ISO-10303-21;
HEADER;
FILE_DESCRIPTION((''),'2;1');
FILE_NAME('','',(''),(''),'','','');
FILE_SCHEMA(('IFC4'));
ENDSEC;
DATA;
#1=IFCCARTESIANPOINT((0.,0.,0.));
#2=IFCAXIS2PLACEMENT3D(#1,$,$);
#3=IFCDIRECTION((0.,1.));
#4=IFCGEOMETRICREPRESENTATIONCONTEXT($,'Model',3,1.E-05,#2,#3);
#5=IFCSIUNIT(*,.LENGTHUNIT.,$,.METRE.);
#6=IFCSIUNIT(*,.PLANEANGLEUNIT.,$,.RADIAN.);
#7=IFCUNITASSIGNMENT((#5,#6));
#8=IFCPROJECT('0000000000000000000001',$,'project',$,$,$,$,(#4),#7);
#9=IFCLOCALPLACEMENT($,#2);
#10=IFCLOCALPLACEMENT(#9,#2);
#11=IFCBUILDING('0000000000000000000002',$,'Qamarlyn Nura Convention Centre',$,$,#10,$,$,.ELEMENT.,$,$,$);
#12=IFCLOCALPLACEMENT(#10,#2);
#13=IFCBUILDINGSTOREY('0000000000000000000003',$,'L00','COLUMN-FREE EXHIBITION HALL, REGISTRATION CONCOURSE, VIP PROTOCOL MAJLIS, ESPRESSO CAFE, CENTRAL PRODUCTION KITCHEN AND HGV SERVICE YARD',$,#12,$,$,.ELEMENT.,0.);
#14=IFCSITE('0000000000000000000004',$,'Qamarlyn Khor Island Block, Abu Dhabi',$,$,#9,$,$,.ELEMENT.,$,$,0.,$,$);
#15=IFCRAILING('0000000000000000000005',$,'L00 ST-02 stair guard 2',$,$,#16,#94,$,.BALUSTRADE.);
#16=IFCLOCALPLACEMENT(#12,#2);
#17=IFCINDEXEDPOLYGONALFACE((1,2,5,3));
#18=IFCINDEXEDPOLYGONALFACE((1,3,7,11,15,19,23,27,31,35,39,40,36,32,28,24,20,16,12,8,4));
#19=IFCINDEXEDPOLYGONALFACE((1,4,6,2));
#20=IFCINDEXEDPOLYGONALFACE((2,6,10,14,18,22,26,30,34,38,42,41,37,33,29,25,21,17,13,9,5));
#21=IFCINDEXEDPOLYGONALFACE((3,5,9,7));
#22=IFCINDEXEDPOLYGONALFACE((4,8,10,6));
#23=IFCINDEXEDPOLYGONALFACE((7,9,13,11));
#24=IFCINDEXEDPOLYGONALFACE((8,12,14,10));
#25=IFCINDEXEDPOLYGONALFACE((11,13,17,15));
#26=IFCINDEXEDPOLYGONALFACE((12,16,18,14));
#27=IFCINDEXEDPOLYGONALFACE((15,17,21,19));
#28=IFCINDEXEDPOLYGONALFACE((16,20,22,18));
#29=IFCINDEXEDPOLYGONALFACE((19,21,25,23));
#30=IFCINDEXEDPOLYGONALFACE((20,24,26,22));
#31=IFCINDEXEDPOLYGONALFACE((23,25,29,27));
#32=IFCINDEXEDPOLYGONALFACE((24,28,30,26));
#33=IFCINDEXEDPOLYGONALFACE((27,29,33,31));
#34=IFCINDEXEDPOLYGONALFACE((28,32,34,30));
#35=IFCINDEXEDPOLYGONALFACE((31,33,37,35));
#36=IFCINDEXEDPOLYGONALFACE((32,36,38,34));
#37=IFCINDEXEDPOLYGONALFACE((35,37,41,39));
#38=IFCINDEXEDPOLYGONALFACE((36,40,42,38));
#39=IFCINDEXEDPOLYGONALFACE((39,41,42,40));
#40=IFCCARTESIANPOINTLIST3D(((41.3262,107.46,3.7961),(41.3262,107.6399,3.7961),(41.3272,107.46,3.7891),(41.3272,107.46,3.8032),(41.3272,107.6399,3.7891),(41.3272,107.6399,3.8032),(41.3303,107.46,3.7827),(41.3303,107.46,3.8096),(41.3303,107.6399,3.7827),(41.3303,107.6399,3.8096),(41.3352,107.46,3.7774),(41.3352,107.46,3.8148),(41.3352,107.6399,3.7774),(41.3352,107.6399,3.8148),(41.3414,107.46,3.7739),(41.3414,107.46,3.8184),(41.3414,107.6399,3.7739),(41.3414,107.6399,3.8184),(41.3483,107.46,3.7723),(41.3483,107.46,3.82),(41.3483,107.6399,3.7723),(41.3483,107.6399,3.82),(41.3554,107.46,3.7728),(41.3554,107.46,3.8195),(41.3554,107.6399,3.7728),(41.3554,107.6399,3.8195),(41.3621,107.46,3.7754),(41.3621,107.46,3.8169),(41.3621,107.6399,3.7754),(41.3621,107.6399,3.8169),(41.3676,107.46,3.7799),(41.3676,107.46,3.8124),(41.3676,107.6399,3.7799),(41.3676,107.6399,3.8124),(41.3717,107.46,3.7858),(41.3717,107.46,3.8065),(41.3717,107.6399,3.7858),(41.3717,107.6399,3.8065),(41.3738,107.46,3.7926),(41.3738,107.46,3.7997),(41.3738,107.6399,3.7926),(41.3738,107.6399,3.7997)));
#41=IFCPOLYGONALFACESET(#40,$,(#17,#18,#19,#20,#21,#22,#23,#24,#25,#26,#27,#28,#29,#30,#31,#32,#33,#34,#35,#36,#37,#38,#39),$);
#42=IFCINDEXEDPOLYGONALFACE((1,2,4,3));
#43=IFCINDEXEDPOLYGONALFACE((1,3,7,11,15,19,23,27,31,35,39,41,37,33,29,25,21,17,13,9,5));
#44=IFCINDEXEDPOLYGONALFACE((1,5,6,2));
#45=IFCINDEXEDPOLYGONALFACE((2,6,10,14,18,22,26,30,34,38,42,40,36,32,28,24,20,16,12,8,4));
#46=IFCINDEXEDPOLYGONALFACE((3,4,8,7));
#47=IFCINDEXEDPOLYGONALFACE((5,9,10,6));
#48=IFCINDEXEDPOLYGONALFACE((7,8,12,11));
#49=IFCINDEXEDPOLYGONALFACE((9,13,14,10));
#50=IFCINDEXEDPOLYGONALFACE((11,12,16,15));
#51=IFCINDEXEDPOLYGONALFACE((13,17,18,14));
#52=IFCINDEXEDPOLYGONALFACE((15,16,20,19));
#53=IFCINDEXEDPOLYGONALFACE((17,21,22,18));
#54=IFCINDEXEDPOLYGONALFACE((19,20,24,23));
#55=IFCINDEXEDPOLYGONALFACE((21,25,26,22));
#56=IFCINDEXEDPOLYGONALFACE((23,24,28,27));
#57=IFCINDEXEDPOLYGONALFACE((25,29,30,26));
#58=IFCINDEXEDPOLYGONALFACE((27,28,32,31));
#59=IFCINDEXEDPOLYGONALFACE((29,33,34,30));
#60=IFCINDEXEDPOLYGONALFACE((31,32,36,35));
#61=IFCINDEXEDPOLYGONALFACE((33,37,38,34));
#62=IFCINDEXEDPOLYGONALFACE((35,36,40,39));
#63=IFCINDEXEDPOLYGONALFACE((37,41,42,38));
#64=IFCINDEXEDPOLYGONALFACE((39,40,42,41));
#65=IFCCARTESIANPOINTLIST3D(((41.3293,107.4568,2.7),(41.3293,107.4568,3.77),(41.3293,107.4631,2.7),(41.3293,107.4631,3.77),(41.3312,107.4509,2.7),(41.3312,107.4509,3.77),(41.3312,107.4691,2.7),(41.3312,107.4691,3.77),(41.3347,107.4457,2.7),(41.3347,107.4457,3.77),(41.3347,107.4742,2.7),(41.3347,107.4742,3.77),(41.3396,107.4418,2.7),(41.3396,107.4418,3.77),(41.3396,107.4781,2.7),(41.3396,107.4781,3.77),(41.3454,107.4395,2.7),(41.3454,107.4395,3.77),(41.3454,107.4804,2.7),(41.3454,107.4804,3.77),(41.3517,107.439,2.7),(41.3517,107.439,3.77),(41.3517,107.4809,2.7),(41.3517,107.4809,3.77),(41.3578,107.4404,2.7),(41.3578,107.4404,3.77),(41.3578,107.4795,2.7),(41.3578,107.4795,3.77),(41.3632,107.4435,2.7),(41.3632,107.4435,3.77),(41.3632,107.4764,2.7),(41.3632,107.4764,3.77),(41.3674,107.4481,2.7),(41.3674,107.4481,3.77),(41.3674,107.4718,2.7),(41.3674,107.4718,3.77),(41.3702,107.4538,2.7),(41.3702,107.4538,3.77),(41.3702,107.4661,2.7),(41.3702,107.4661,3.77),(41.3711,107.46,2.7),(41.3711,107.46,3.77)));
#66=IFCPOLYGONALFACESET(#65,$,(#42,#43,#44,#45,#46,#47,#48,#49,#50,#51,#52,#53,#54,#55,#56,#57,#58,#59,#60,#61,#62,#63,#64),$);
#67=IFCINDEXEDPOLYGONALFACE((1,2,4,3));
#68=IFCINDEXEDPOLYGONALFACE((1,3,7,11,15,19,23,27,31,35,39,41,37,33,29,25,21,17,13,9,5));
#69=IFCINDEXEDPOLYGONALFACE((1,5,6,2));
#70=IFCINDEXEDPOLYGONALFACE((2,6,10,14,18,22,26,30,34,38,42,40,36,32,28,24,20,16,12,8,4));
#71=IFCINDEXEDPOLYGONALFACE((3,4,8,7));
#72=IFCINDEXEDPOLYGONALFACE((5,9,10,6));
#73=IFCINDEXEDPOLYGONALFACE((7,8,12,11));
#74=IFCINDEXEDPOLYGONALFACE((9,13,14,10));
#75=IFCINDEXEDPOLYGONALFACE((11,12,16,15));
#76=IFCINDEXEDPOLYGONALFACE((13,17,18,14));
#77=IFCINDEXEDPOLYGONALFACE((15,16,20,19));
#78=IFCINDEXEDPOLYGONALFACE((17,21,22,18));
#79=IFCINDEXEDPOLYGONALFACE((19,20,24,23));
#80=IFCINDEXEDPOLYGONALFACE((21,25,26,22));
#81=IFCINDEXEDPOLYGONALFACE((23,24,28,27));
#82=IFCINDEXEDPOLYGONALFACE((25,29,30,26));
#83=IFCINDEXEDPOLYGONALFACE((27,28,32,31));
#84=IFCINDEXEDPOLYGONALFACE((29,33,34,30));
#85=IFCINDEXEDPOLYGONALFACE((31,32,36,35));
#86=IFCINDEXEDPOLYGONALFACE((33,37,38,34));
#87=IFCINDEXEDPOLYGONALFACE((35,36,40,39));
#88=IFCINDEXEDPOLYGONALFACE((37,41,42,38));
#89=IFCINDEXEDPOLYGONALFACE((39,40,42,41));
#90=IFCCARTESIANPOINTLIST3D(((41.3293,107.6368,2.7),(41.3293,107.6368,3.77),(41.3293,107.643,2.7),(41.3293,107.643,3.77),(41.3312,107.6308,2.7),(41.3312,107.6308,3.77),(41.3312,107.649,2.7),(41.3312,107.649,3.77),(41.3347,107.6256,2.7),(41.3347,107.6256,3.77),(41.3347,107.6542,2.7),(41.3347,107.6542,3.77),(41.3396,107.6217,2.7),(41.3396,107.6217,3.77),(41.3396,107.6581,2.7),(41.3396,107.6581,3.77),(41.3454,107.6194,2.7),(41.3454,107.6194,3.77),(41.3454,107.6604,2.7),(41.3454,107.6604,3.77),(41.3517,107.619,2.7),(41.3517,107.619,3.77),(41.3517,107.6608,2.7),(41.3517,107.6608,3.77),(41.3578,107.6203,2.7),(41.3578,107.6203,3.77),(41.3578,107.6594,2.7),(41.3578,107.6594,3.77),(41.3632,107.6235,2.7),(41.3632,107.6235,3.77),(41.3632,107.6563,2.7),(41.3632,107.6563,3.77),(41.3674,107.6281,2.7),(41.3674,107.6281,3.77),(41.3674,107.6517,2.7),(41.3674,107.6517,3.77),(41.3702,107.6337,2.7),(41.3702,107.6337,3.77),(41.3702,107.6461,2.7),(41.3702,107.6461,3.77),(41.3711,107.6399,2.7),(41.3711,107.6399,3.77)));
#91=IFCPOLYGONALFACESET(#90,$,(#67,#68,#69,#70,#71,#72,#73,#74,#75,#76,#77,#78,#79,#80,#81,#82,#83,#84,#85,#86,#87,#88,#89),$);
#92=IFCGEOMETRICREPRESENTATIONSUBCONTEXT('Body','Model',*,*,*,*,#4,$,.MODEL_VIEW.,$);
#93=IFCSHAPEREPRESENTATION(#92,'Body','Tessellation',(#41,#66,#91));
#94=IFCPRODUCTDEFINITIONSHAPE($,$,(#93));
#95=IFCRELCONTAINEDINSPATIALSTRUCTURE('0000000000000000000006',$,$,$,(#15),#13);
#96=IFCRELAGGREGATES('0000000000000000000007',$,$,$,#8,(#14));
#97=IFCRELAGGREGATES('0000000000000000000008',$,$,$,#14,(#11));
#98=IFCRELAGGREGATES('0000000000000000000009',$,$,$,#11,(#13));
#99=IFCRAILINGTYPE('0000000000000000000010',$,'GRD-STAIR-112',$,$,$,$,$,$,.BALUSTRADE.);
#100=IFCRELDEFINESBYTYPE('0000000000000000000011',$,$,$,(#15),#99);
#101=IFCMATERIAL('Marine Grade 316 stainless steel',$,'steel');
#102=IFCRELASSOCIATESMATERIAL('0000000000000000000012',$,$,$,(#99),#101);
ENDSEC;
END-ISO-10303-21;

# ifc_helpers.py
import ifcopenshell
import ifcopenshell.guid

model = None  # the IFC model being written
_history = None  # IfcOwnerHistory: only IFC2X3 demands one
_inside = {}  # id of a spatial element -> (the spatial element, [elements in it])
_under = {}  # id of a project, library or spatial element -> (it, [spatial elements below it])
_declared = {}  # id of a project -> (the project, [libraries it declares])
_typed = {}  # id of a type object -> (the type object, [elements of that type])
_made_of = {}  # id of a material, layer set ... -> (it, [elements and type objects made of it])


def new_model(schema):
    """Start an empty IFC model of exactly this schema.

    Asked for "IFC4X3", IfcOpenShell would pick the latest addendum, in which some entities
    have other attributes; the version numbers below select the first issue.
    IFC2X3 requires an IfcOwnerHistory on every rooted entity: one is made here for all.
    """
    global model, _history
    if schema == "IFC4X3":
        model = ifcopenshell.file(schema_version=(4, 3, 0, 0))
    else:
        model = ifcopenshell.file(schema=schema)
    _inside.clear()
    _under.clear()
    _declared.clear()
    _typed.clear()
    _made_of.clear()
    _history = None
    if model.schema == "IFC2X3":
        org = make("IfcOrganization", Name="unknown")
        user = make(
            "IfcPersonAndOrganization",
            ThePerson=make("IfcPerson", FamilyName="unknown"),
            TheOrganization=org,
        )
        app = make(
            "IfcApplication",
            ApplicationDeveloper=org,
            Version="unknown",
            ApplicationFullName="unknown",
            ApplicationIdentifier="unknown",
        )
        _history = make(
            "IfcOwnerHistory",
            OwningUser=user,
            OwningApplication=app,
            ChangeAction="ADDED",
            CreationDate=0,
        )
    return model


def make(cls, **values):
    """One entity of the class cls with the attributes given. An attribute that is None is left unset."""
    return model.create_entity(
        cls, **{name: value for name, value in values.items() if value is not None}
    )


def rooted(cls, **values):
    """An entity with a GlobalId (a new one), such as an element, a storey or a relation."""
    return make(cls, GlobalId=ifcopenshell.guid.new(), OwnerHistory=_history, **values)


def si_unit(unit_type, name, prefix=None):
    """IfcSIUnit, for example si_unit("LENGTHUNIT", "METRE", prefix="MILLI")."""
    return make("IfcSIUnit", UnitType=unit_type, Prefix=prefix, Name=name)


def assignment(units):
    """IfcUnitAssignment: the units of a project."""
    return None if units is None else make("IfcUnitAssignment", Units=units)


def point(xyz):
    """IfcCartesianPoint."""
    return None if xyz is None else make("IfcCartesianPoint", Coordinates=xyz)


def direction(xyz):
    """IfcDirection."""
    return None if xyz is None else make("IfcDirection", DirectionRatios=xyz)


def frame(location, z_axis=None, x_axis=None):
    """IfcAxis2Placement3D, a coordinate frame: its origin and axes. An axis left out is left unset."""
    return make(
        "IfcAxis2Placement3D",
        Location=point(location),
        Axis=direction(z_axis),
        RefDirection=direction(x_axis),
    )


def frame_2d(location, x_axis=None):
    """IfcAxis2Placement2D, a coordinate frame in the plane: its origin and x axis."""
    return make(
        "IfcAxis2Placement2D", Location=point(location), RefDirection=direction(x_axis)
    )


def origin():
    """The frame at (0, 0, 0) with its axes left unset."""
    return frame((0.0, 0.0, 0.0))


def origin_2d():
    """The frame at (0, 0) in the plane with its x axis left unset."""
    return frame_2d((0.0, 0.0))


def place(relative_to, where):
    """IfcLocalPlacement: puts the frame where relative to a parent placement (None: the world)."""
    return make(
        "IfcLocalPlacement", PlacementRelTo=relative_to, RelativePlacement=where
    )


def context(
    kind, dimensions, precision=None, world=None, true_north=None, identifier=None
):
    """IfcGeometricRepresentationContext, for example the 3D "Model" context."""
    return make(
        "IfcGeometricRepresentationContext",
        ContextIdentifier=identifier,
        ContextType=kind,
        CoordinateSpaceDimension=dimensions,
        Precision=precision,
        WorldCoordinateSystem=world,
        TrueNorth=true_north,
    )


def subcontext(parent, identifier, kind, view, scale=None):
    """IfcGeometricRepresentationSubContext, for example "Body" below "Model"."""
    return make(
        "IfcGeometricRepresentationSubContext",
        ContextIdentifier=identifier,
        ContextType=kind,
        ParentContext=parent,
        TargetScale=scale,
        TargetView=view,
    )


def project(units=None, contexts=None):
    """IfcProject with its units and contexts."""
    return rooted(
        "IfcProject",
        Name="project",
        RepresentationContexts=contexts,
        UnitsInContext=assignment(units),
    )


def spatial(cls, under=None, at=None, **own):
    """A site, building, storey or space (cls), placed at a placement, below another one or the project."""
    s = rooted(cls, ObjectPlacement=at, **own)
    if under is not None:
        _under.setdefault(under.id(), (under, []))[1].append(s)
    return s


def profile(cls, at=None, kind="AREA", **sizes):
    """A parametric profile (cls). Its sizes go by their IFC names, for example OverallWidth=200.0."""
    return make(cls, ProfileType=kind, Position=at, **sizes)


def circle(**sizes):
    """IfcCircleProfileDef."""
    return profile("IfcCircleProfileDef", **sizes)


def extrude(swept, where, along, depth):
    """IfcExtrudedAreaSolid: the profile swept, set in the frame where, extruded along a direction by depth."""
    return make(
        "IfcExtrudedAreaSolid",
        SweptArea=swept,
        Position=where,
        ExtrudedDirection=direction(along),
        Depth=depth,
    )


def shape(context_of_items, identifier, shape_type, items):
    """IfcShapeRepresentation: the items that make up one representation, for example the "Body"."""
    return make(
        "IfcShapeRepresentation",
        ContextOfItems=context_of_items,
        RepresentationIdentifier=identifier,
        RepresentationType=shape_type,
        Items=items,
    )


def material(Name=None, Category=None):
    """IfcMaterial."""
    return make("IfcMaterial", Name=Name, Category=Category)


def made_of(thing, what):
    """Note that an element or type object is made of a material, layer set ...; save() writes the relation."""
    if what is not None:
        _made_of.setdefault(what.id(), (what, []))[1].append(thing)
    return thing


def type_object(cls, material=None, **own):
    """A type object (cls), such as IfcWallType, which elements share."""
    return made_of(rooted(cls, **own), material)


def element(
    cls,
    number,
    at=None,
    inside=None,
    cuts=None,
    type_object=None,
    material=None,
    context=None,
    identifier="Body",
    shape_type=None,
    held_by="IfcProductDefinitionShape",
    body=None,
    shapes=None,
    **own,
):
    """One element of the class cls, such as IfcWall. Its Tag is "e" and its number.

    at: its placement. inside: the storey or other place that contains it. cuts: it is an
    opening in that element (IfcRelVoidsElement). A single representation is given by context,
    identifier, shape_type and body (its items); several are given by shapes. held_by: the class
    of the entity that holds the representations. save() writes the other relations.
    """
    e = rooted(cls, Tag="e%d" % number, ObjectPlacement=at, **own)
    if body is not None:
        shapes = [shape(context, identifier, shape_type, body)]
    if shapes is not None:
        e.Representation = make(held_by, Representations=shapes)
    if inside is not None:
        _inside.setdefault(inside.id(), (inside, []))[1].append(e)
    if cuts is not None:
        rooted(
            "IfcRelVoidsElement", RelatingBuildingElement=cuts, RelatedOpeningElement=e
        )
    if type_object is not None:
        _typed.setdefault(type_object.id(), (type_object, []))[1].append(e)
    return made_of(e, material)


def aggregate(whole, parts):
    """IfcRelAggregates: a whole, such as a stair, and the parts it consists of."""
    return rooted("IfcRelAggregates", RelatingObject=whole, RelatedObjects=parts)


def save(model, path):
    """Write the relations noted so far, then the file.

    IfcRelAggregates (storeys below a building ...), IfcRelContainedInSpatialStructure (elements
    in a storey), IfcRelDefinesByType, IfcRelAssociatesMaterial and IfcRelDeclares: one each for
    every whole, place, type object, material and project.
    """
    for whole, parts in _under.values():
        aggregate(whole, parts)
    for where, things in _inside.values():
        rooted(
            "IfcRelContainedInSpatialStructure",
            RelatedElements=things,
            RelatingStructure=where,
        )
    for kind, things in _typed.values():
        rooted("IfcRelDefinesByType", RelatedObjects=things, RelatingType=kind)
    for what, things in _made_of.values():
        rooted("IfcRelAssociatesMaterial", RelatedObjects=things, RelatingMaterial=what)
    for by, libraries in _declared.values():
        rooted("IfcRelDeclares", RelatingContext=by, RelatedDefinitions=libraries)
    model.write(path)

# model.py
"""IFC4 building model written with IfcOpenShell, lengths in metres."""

from ifc_helpers import new_model, si_unit, direction, frame, origin, origin_2d, place, context, subcontext, project, spatial, circle, extrude, material, type_object, element, save


model = new_model("IFC4")

# Units and contexts
model_context = context("Model", 3, precision=1e-05, world=origin(), true_north=direction((0.0, 1.0)))
body_context = subcontext(model_context, "Body", "Model", "MODEL_VIEW")
ifc_project = project(units=[si_unit("LENGTHUNIT", "METRE"), si_unit("PLANEANGLEUNIT", "RADIAN")], contexts=[model_context])

# Site, building, storey
site_placement = place(None, origin())
site = spatial("IfcSite", under=ifc_project, at=site_placement, Name="Qamarlyn Khor Island Block, Abu Dhabi", CompositionType="ELEMENT", RefElevation=0.0)
building_placement = place(site_placement, origin())
building = spatial("IfcBuilding", under=site, at=building_placement, Name="Qamarlyn Nura Convention Centre", CompositionType="ELEMENT")
storey_placement = place(building_placement, origin())
storey = spatial("IfcBuildingStorey", under=building, at=storey_placement, Name="L00", Description="COLUMN-FREE EXHIBITION HALL, REGISTRATION CONCOURSE, VIP PROTOCOL MAJLIS, ESPRESSO CAFE, CENTRAL PRODUCTION KITCHEN AND HGV SERVICE YARD", CompositionType="ELEMENT", Elevation=0.0)

# Railing
ifc_material_1 = material(Name="Marine Grade 316 stainless steel", Category="steel")
railing_type_1 = type_object("IfcRailingType", Name="GRD-STAIR-112", PredefinedType="BALUSTRADE", material=ifc_material_1)
railing_1_placement = place(storey_placement, frame((41.3501, 107.46, 2.7)))
element("IfcRailing", 1, at=railing_1_placement, inside=storey, type_object=railing_type_1, Name="L00 ST-02 stair guard 2", PredefinedType="BALUSTRADE", context=body_context, shape_type="SweptSolid", body=[
    extrude(circle(Radius=0.0239, at=origin_2d()), frame((0.0, 0.0, 1.0962), z_axis=(0.0, 1.0, 0.0), x_axis=(-1.0, 0.0, 0.0)), (0.0, 0.0, 1.0), 0.1799),
    extrude(circle(Radius=0.021, at=origin_2d()), origin(), (0.0, 0.0, 1.0), 1.0701),
    extrude(circle(Radius=0.021, at=origin_2d()), frame((0.0, 0.1799, 0.0)), (0.0, 0.0, 1.0), 1.0701),
])

save(model, "model.ifc")
